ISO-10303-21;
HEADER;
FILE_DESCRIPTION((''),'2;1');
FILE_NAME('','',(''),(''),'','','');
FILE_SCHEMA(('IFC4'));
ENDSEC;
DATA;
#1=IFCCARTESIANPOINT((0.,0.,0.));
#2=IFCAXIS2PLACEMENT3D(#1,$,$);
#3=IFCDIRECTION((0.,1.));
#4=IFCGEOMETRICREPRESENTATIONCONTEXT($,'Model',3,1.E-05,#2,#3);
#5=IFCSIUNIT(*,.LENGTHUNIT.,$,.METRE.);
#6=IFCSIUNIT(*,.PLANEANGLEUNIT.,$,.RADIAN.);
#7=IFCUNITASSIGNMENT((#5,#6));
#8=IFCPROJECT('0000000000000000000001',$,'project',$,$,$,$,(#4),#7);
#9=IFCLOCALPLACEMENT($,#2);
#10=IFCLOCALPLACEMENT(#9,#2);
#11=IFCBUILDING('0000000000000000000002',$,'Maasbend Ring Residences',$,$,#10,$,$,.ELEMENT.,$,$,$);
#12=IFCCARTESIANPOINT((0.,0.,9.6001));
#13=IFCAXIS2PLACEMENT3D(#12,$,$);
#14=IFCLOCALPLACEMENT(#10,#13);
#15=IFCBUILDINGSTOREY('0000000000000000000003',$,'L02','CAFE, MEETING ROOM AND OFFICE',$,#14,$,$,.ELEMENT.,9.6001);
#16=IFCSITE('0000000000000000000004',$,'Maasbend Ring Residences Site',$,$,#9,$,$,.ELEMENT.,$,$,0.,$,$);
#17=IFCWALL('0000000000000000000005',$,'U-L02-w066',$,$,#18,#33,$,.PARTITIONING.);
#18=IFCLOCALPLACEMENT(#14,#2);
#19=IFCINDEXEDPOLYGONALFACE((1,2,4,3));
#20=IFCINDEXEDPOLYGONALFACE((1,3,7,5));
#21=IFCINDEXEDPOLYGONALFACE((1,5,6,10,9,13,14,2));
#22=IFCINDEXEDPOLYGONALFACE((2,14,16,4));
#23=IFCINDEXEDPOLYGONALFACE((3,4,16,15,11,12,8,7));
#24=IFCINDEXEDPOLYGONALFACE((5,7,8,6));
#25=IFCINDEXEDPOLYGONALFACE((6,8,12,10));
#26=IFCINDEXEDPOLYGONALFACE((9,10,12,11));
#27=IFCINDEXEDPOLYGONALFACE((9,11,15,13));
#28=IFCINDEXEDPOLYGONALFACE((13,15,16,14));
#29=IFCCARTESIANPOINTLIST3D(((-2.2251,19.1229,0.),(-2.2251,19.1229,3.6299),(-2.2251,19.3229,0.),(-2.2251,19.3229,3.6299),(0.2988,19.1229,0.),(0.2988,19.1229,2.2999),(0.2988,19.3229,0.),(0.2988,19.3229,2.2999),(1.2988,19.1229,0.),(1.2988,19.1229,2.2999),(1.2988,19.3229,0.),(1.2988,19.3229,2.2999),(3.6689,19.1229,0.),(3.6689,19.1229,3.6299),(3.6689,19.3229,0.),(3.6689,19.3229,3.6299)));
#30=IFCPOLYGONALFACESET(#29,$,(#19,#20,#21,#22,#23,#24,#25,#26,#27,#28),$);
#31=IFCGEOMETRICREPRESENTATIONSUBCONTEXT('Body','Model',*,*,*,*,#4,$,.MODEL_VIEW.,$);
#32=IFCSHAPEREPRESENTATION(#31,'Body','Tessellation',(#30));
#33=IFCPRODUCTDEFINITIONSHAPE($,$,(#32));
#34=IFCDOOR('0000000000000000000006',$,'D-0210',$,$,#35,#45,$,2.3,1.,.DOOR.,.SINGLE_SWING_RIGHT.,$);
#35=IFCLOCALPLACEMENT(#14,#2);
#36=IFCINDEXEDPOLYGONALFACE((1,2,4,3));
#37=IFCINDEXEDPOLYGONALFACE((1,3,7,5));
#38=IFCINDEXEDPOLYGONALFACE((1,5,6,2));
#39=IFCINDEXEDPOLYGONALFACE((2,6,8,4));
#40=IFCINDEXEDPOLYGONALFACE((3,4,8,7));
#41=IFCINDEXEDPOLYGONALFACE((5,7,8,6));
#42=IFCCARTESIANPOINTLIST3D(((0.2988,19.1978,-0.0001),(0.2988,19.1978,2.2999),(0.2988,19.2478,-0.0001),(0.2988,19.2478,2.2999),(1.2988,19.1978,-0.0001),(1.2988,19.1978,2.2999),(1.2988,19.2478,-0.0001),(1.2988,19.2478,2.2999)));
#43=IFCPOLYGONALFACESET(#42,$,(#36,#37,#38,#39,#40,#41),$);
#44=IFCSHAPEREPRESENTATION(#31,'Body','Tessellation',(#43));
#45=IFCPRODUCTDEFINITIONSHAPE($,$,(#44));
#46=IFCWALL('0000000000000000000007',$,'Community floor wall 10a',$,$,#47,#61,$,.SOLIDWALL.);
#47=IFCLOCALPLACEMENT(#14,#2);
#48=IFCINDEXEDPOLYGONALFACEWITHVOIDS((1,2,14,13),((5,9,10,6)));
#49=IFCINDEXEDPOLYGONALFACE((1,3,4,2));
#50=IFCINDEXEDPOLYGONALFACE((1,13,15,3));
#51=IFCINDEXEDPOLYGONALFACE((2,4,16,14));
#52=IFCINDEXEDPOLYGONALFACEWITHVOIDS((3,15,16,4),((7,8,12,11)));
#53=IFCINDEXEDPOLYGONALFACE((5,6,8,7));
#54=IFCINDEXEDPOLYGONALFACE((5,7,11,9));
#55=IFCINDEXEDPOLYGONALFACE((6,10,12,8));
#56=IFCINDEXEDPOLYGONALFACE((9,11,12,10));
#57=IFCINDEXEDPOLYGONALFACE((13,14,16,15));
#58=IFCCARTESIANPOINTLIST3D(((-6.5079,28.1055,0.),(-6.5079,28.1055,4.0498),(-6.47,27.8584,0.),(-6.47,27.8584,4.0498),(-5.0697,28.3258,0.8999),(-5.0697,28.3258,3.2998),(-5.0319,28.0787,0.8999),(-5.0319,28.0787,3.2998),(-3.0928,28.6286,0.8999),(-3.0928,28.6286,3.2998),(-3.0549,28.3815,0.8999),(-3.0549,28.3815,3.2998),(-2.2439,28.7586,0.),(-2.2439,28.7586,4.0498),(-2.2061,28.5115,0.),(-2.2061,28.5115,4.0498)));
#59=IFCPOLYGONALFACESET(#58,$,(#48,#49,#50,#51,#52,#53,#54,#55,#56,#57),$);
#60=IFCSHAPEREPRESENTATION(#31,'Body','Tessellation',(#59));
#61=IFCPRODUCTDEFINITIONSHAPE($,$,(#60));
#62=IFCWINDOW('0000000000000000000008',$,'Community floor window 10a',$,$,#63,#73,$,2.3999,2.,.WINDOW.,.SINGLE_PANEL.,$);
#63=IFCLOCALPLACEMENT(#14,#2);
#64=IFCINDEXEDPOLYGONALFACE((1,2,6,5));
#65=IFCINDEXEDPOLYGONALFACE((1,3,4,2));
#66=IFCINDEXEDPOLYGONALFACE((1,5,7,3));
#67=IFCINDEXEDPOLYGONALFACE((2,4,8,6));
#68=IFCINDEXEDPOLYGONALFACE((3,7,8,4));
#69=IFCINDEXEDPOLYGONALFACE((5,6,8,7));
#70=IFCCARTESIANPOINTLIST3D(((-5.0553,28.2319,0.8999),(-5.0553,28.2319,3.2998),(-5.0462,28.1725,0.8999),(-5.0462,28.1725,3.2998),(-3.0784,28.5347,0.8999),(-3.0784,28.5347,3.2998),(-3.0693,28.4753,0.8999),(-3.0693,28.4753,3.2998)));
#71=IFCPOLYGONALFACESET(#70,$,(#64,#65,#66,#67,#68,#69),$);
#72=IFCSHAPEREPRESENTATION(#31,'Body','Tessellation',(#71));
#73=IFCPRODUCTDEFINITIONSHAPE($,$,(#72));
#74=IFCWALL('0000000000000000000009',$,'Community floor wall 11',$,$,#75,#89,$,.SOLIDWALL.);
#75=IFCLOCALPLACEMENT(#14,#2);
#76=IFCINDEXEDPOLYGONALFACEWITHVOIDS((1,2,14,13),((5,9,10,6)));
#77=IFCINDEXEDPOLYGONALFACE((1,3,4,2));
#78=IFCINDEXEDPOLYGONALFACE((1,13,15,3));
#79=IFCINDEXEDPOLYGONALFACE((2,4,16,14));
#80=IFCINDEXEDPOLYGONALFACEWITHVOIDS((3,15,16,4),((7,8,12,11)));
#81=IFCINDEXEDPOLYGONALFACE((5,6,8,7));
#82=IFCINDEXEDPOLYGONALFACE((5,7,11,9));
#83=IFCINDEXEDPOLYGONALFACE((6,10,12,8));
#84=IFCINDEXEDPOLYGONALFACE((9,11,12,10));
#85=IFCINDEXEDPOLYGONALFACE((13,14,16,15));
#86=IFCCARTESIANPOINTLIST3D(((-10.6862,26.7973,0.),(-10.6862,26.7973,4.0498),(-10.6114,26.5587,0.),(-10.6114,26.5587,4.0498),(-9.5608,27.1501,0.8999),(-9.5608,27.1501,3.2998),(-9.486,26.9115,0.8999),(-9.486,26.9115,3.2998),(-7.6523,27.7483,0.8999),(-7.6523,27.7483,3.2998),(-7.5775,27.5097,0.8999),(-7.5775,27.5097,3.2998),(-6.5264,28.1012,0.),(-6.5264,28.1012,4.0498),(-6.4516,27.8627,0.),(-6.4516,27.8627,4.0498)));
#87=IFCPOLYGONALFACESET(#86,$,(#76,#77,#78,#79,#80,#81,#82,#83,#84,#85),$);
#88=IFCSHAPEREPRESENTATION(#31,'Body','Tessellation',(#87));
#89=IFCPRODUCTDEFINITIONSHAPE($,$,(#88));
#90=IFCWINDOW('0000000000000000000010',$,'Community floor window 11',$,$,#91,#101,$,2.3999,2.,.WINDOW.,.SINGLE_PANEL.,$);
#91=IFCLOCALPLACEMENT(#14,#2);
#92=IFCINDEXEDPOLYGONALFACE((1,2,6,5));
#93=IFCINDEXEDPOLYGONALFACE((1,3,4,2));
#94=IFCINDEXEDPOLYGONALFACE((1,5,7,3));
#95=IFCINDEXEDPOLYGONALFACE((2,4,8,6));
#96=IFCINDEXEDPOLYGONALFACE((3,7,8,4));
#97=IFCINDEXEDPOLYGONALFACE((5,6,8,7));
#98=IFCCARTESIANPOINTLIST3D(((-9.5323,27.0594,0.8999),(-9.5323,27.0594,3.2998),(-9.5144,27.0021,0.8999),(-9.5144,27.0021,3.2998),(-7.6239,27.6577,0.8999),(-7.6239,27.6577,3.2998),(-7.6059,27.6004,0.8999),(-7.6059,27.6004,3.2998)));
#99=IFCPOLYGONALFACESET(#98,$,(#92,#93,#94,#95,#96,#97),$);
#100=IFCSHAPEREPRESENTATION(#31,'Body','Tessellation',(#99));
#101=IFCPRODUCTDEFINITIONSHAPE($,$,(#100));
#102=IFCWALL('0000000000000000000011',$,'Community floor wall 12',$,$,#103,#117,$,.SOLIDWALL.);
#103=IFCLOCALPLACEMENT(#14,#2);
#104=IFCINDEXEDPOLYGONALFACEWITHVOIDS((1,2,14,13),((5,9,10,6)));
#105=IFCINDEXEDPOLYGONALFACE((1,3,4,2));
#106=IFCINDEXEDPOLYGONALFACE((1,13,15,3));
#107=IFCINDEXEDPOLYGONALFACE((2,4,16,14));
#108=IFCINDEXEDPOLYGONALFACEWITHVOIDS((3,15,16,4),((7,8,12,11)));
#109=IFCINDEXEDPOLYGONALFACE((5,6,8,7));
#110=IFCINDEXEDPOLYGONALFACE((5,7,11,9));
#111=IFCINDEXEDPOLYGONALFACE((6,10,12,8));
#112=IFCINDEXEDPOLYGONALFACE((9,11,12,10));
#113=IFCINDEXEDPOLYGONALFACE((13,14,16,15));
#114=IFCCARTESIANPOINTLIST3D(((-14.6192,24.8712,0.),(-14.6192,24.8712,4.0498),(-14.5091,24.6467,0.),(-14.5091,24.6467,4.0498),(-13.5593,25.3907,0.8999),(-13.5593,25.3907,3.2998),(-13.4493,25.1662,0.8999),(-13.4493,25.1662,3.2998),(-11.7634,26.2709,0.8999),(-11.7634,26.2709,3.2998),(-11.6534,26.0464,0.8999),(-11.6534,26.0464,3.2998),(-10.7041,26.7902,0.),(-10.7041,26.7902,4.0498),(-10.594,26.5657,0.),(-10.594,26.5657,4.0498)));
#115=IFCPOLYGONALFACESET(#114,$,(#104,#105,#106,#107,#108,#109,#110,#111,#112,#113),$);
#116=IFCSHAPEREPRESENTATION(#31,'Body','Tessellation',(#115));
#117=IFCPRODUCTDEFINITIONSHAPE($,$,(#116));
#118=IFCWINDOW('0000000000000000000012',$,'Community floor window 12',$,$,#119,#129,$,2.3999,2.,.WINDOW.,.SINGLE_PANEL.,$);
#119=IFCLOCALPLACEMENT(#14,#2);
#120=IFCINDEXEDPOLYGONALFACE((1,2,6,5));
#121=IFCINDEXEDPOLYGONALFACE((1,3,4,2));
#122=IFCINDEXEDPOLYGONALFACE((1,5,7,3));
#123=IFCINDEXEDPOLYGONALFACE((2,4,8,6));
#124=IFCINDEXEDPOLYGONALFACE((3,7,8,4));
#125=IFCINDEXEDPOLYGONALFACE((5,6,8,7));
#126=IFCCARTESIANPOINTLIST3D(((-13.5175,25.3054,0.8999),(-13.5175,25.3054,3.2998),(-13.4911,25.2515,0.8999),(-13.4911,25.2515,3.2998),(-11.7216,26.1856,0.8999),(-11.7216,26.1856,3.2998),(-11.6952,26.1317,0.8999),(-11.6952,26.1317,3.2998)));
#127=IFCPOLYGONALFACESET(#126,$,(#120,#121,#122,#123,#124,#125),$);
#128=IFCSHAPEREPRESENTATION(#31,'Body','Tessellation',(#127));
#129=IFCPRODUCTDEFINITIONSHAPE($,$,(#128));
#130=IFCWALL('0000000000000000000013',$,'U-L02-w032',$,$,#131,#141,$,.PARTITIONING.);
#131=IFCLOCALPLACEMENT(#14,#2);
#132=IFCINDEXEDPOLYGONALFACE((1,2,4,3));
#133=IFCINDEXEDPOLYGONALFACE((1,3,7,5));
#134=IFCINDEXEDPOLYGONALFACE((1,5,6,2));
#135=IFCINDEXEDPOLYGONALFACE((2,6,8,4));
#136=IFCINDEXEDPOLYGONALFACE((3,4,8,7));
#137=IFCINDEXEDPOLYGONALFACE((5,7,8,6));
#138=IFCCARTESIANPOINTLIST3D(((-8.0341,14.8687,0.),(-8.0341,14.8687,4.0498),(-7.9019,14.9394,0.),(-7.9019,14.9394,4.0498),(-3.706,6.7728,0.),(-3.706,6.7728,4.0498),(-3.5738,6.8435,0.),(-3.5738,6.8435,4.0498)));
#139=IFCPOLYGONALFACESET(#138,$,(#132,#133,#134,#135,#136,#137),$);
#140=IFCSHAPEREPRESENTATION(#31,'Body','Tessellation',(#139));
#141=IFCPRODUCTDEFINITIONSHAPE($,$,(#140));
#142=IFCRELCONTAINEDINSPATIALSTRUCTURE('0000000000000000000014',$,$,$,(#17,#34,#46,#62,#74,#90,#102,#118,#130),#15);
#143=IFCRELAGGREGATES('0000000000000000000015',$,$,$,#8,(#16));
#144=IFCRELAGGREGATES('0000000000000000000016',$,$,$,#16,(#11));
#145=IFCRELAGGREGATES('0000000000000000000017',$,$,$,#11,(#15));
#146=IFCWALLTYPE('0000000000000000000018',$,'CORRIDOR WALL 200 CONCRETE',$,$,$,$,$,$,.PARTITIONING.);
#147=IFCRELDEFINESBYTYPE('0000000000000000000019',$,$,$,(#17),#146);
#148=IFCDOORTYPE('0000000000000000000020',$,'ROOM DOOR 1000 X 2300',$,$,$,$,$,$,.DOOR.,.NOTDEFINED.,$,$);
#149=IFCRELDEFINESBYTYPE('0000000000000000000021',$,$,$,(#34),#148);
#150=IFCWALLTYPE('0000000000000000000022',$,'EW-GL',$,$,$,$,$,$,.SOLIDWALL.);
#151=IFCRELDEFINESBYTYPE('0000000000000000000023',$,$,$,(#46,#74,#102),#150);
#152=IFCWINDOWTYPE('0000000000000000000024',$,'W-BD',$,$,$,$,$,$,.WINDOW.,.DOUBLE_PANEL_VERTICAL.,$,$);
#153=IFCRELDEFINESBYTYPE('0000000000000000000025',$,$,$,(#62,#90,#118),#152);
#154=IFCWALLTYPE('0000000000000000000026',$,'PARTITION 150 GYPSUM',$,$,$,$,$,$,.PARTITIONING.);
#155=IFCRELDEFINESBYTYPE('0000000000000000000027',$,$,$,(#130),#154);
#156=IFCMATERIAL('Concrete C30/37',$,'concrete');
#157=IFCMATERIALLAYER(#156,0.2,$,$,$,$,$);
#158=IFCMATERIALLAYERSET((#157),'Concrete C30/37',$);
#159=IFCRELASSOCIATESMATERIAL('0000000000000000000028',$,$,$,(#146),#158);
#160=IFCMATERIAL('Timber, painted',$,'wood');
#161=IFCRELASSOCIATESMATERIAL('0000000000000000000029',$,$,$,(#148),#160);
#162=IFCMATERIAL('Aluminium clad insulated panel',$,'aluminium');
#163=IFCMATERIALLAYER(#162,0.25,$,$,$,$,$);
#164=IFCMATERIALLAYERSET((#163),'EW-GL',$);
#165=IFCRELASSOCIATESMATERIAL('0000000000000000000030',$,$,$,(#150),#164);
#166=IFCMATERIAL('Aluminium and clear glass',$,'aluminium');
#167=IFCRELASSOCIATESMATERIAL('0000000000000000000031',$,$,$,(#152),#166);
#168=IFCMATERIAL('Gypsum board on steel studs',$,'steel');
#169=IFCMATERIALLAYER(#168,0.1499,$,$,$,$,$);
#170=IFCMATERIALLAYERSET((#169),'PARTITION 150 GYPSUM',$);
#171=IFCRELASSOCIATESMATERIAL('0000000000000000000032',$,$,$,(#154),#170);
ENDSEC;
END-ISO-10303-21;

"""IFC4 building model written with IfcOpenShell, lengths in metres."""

from ifc_helpers import new_model, si_unit, direction, frame, frame_2d, origin, place, context, subcontext, project, spatial, rectangle, extrude, material, layer, layer_set, type_object, element, fill, save


model = new_model("IFC4")

# Units and contexts
model_context = context("Model", 3, precision=1e-05, world=origin(), true_north=direction((0.0, 1.0)))
body_context = subcontext(model_context, "Body", "Model", "MODEL_VIEW")
ifc_project = project(units=[si_unit("LENGTHUNIT", "METRE"), si_unit("PLANEANGLEUNIT", "RADIAN")], contexts=[model_context])

# Site, building, storey
site_placement = place(None, origin())
site = spatial("IfcSite", under=ifc_project, at=site_placement, Name="Maasbend Ring Residences Site", CompositionType="ELEMENT", RefElevation=0.0)
building_placement = place(site_placement, origin())
building = spatial("IfcBuilding", under=site, at=building_placement, Name="Maasbend Ring Residences", CompositionType="ELEMENT")
storey_placement = place(building_placement, frame((0.0, 0.0, 9.6001)))
storey = spatial("IfcBuildingStorey", under=building, at=storey_placement, Name="L02", Description="CAFE, MEETING ROOM AND OFFICE", CompositionType="ELEMENT", Elevation=9.6001)

# Shared definitions
ifc_material_1 = material(Name="Concrete C30/37", Category="concrete")
ifc_layer_1 = layer(ifc_material_1, 0.2)
ifc_layer_set_1 = layer_set([ifc_layer_1], Name="Concrete C30/37")
wall_type_1 = type_object("IfcWallType", Name="CORRIDOR WALL 200 CONCRETE", PredefinedType="PARTITIONING", material=ifc_layer_set_1)

# Shared definitions
ifc_material_2 = material(Name="Timber, painted", Category="wood")
door_type_1 = type_object("IfcDoorType", Name="ROOM DOOR 1000 X 2300", OperationType="NOTDEFINED", PredefinedType="DOOR", material=ifc_material_2)

# Wall, opening, door
wall_1_placement = place(storey_placement, frame((-2.2251, 19.2229, 0.0), z_axis=(0.0, 0.0, 1.0), x_axis=(1.0, 0.0, 0.0)))
wall_1 = element("IfcWall", 1, at=wall_1_placement, inside=storey, type_object=wall_type_1, Name="U-L02-w066", PredefinedType="PARTITIONING", context=body_context, shape_type="SweptSolid", body=[
    extrude(rectangle(XDim=5.894, YDim=0.2, at=frame_2d((2.947, 0.0))), origin(), (0.0, 0.0, 1.0), 3.6299),
])
opening_1_placement = place(wall_1_placement, frame((2.5239, 0.0, 0.0)))
opening_1 = element("IfcOpeningElement", 2, at=opening_1_placement, cuts=wall_1, PredefinedType="OPENING", context=body_context, shape_type="SweptSolid", body=[
    extrude(rectangle(XDim=1.0, YDim=2.3, at=frame_2d((0.5, 1.1499))), frame((0.0, 0.1099, 0.0), z_axis=(0.0, -1.0, 0.0), x_axis=(1.0, 0.0, 0.0)), (0.0, 0.0, 1.0), 0.22),
])
door_1_placement = place(opening_1_placement, origin())
door_1 = element("IfcDoor", 3, at=door_1_placement, inside=storey, type_object=door_type_1, Name="D-0210", OperationType="SINGLE_SWING_RIGHT", OverallHeight=2.3, OverallWidth=1.0, PredefinedType="DOOR", context=body_context, shape_type="SweptSolid", body=[
    extrude(rectangle(XDim=1.0, YDim=2.3, at=frame_2d((0.5, 1.1499))), frame((0.0, 0.0249, 0.0), z_axis=(0.0, -1.0, 0.0), x_axis=(1.0, 0.0, 0.0)), (0.0, 0.0, 1.0), 0.05),
])
fill(opening_1, door_1)

# Walls, openings, windows
ifc_material_3 = material(Name="Aluminium clad insulated panel", Category="aluminium")
ifc_layer_2 = layer(ifc_material_3, 0.25)
ifc_layer_set_2 = layer_set([ifc_layer_2], Name="EW-GL")
wall_type_2 = type_object("IfcWallType", Name="EW-GL", PredefinedType="SOLIDWALL", material=ifc_layer_set_2)
wall_2_placement = place(storey_placement, frame((-2.2251, 28.635, 0.0), z_axis=(0.0, 0.0, 1.0), x_axis=(-0.988473, -0.151398, 0.0)))
wall_2 = element("IfcWall", 4, at=wall_2_placement, inside=storey, type_object=wall_type_2, Name="Community floor wall 10a", PredefinedType="SOLIDWALL", context=body_context, shape_type="SweptSolid", body=[
    extrude(rectangle(XDim=4.3137, YDim=0.25, at=frame_2d((2.1567, 0.0))), origin(), (0.0, 0.0, 1.0), 4.0498),
])
opening_2_placement = place(wall_2_placement, frame((0.8586, 0.0, 0.8999)))
opening_2 = element("IfcOpeningElement", 5, at=opening_2_placement, cuts=wall_2, PredefinedType="OPENING", context=body_context, shape_type="SweptSolid", body=[
    extrude(rectangle(XDim=2.0, YDim=2.3999, at=frame_2d((1.0, 1.2))), frame((0.0, 0.135, 0.0), z_axis=(0.0, -1.0, 0.0), x_axis=(1.0, 0.0, 0.0)), (0.0, 0.0, 1.0), 0.27),
])
ifc_material_4 = material(Name="Aluminium and clear glass", Category="aluminium")
window_type_1 = type_object("IfcWindowType", Name="W-BD", PartitioningType="DOUBLE_PANEL_VERTICAL", PredefinedType="WINDOW", material=ifc_material_4)
window_1_placement = place(opening_2_placement, origin())
window_1 = element("IfcWindow", 6, at=window_1_placement, inside=storey, type_object=window_type_1, Name="Community floor window 10a", OverallHeight=2.3999, OverallWidth=2.0, PartitioningType="SINGLE_PANEL", PredefinedType="WINDOW", context=body_context, shape_type="SweptSolid", body=[
    extrude(rectangle(XDim=2.0, YDim=2.3999, at=frame_2d((1.0, 1.2))), frame((0.0, 0.03, 0.0), z_axis=(0.0, -1.0, 0.0), x_axis=(1.0, 0.0, 0.0)), (0.0, 0.0, 1.0), 0.0601),
])
fill(opening_2, window_1)
wall_3_placement = place(storey_placement, frame((-6.489, 27.9819, 0.0), z_axis=(0.0, 0.0, 1.0), x_axis=(-0.95422, -0.299107, 0.0)))
wall_3 = element("IfcWall", 7, at=wall_3_placement, inside=storey, type_object=wall_type_2, Name="Community floor wall 11", PredefinedType="SOLIDWALL", context=body_context, shape_type="SweptSolid", body=[
    extrude(rectangle(XDim=4.3594, YDim=0.25, at=frame_2d((2.1797, 0.0))), origin(), (0.0, 0.0, 1.0), 4.0498),
])
opening_3_placement = place(wall_3_placement, frame((1.1799, 0.0, 0.8999)))
opening_3 = element("IfcOpeningElement", 8, at=opening_3_placement, cuts=wall_3, PredefinedType="OPENING", context=body_context, shape_type="SweptSolid", body=[
    extrude(rectangle(XDim=2.0, YDim=2.3999, at=frame_2d((1.0, 1.2))), frame((0.0, 0.135, 0.0), z_axis=(0.0, -1.0, 0.0), x_axis=(1.0, 0.0, 0.0)), (0.0, 0.0, 1.0), 0.27),
])
window_2_placement = place(opening_3_placement, origin())
window_2 = element("IfcWindow", 9, at=window_2_placement, inside=storey, type_object=window_type_1, Name="Community floor window 11", OverallHeight=2.3999, OverallWidth=2.0, PartitioningType="SINGLE_PANEL", PredefinedType="WINDOW", context=body_context, shape_type="SweptSolid", body=[
    extrude(rectangle(XDim=2.0, YDim=2.3999, at=frame_2d((1.0, 1.2))), frame((0.0, 0.03, 0.0), z_axis=(0.0, -1.0, 0.0), x_axis=(1.0, 0.0, 0.0)), (0.0, 0.0, 1.0), 0.0601),
])
fill(opening_3, window_2)
wall_4_placement = place(storey_placement, frame((-10.6489, 26.678, 0.0), z_axis=(0.0, 0.0, 1.0), x_axis=(-0.897938, -0.440122, 0.0)))
wall_4 = element("IfcWall", 10, at=wall_4_placement, inside=storey, type_object=wall_type_2, Name="Community floor wall 12", PredefinedType="SOLIDWALL", context=body_context, shape_type="SweptSolid", body=[
    extrude(rectangle(XDim=4.3601, YDim=0.25, at=frame_2d((2.1802, 0.0))), origin(), (0.0, 0.0, 1.0), 4.0498),
])
opening_4_placement = place(wall_4_placement, frame((1.1799, 0.0, 0.8999)))
opening_4 = element("IfcOpeningElement", 11, at=opening_4_placement, cuts=wall_4, PredefinedType="OPENING", context=body_context, shape_type="SweptSolid", body=[
    extrude(rectangle(XDim=2.0, YDim=2.3999, at=frame_2d((1.0, 1.2))), frame((0.0, 0.135, 0.0), z_axis=(0.0, -1.0, 0.0), x_axis=(1.0, 0.0, 0.0)), (0.0, 0.0, 1.0), 0.27),
])
window_3_placement = place(opening_4_placement, origin())
window_3 = element("IfcWindow", 12, at=window_3_placement, inside=storey, type_object=window_type_1, Name="Community floor window 12", OverallHeight=2.3999, OverallWidth=2.0, PartitioningType="SINGLE_PANEL", PredefinedType="WINDOW", context=body_context, shape_type="SweptSolid", body=[
    extrude(rectangle(XDim=2.0, YDim=2.3999, at=frame_2d((1.0, 1.2))), frame((0.0, 0.03, 0.0), z_axis=(0.0, -1.0, 0.0), x_axis=(1.0, 0.0, 0.0)), (0.0, 0.0, 1.0), 0.0601),
])
fill(opening_4, window_3)

# Wall
ifc_material_5 = material(Name="Gypsum board on steel studs", Category="steel")
ifc_layer_3 = layer(ifc_material_5, 0.1499)
ifc_layer_set_3 = layer_set([ifc_layer_3], Name="PARTITION 150 GYPSUM")
wall_type_3 = type_object("IfcWallType", Name="PARTITION 150 GYPSUM", PredefinedType="PARTITIONING", material=ifc_layer_set_3)
wall_5_placement = place(storey_placement, frame((-7.968, 14.9041, 0.0), z_axis=(0.0, 0.0, 1.0), x_axis=(0.47146, -0.881887, 0.0)))
element("IfcWall", 13, at=wall_5_placement, inside=storey, type_object=wall_type_3, Name="U-L02-w032", PredefinedType="PARTITIONING", context=body_context, shape_type="SweptSolid", body=[
    extrude(rectangle(XDim=9.1802, YDim=0.1499, at=frame_2d((4.5901, 0.0))), origin(), (0.0, 0.0, 1.0), 4.0498),
])

save(model, "model.ifc")
